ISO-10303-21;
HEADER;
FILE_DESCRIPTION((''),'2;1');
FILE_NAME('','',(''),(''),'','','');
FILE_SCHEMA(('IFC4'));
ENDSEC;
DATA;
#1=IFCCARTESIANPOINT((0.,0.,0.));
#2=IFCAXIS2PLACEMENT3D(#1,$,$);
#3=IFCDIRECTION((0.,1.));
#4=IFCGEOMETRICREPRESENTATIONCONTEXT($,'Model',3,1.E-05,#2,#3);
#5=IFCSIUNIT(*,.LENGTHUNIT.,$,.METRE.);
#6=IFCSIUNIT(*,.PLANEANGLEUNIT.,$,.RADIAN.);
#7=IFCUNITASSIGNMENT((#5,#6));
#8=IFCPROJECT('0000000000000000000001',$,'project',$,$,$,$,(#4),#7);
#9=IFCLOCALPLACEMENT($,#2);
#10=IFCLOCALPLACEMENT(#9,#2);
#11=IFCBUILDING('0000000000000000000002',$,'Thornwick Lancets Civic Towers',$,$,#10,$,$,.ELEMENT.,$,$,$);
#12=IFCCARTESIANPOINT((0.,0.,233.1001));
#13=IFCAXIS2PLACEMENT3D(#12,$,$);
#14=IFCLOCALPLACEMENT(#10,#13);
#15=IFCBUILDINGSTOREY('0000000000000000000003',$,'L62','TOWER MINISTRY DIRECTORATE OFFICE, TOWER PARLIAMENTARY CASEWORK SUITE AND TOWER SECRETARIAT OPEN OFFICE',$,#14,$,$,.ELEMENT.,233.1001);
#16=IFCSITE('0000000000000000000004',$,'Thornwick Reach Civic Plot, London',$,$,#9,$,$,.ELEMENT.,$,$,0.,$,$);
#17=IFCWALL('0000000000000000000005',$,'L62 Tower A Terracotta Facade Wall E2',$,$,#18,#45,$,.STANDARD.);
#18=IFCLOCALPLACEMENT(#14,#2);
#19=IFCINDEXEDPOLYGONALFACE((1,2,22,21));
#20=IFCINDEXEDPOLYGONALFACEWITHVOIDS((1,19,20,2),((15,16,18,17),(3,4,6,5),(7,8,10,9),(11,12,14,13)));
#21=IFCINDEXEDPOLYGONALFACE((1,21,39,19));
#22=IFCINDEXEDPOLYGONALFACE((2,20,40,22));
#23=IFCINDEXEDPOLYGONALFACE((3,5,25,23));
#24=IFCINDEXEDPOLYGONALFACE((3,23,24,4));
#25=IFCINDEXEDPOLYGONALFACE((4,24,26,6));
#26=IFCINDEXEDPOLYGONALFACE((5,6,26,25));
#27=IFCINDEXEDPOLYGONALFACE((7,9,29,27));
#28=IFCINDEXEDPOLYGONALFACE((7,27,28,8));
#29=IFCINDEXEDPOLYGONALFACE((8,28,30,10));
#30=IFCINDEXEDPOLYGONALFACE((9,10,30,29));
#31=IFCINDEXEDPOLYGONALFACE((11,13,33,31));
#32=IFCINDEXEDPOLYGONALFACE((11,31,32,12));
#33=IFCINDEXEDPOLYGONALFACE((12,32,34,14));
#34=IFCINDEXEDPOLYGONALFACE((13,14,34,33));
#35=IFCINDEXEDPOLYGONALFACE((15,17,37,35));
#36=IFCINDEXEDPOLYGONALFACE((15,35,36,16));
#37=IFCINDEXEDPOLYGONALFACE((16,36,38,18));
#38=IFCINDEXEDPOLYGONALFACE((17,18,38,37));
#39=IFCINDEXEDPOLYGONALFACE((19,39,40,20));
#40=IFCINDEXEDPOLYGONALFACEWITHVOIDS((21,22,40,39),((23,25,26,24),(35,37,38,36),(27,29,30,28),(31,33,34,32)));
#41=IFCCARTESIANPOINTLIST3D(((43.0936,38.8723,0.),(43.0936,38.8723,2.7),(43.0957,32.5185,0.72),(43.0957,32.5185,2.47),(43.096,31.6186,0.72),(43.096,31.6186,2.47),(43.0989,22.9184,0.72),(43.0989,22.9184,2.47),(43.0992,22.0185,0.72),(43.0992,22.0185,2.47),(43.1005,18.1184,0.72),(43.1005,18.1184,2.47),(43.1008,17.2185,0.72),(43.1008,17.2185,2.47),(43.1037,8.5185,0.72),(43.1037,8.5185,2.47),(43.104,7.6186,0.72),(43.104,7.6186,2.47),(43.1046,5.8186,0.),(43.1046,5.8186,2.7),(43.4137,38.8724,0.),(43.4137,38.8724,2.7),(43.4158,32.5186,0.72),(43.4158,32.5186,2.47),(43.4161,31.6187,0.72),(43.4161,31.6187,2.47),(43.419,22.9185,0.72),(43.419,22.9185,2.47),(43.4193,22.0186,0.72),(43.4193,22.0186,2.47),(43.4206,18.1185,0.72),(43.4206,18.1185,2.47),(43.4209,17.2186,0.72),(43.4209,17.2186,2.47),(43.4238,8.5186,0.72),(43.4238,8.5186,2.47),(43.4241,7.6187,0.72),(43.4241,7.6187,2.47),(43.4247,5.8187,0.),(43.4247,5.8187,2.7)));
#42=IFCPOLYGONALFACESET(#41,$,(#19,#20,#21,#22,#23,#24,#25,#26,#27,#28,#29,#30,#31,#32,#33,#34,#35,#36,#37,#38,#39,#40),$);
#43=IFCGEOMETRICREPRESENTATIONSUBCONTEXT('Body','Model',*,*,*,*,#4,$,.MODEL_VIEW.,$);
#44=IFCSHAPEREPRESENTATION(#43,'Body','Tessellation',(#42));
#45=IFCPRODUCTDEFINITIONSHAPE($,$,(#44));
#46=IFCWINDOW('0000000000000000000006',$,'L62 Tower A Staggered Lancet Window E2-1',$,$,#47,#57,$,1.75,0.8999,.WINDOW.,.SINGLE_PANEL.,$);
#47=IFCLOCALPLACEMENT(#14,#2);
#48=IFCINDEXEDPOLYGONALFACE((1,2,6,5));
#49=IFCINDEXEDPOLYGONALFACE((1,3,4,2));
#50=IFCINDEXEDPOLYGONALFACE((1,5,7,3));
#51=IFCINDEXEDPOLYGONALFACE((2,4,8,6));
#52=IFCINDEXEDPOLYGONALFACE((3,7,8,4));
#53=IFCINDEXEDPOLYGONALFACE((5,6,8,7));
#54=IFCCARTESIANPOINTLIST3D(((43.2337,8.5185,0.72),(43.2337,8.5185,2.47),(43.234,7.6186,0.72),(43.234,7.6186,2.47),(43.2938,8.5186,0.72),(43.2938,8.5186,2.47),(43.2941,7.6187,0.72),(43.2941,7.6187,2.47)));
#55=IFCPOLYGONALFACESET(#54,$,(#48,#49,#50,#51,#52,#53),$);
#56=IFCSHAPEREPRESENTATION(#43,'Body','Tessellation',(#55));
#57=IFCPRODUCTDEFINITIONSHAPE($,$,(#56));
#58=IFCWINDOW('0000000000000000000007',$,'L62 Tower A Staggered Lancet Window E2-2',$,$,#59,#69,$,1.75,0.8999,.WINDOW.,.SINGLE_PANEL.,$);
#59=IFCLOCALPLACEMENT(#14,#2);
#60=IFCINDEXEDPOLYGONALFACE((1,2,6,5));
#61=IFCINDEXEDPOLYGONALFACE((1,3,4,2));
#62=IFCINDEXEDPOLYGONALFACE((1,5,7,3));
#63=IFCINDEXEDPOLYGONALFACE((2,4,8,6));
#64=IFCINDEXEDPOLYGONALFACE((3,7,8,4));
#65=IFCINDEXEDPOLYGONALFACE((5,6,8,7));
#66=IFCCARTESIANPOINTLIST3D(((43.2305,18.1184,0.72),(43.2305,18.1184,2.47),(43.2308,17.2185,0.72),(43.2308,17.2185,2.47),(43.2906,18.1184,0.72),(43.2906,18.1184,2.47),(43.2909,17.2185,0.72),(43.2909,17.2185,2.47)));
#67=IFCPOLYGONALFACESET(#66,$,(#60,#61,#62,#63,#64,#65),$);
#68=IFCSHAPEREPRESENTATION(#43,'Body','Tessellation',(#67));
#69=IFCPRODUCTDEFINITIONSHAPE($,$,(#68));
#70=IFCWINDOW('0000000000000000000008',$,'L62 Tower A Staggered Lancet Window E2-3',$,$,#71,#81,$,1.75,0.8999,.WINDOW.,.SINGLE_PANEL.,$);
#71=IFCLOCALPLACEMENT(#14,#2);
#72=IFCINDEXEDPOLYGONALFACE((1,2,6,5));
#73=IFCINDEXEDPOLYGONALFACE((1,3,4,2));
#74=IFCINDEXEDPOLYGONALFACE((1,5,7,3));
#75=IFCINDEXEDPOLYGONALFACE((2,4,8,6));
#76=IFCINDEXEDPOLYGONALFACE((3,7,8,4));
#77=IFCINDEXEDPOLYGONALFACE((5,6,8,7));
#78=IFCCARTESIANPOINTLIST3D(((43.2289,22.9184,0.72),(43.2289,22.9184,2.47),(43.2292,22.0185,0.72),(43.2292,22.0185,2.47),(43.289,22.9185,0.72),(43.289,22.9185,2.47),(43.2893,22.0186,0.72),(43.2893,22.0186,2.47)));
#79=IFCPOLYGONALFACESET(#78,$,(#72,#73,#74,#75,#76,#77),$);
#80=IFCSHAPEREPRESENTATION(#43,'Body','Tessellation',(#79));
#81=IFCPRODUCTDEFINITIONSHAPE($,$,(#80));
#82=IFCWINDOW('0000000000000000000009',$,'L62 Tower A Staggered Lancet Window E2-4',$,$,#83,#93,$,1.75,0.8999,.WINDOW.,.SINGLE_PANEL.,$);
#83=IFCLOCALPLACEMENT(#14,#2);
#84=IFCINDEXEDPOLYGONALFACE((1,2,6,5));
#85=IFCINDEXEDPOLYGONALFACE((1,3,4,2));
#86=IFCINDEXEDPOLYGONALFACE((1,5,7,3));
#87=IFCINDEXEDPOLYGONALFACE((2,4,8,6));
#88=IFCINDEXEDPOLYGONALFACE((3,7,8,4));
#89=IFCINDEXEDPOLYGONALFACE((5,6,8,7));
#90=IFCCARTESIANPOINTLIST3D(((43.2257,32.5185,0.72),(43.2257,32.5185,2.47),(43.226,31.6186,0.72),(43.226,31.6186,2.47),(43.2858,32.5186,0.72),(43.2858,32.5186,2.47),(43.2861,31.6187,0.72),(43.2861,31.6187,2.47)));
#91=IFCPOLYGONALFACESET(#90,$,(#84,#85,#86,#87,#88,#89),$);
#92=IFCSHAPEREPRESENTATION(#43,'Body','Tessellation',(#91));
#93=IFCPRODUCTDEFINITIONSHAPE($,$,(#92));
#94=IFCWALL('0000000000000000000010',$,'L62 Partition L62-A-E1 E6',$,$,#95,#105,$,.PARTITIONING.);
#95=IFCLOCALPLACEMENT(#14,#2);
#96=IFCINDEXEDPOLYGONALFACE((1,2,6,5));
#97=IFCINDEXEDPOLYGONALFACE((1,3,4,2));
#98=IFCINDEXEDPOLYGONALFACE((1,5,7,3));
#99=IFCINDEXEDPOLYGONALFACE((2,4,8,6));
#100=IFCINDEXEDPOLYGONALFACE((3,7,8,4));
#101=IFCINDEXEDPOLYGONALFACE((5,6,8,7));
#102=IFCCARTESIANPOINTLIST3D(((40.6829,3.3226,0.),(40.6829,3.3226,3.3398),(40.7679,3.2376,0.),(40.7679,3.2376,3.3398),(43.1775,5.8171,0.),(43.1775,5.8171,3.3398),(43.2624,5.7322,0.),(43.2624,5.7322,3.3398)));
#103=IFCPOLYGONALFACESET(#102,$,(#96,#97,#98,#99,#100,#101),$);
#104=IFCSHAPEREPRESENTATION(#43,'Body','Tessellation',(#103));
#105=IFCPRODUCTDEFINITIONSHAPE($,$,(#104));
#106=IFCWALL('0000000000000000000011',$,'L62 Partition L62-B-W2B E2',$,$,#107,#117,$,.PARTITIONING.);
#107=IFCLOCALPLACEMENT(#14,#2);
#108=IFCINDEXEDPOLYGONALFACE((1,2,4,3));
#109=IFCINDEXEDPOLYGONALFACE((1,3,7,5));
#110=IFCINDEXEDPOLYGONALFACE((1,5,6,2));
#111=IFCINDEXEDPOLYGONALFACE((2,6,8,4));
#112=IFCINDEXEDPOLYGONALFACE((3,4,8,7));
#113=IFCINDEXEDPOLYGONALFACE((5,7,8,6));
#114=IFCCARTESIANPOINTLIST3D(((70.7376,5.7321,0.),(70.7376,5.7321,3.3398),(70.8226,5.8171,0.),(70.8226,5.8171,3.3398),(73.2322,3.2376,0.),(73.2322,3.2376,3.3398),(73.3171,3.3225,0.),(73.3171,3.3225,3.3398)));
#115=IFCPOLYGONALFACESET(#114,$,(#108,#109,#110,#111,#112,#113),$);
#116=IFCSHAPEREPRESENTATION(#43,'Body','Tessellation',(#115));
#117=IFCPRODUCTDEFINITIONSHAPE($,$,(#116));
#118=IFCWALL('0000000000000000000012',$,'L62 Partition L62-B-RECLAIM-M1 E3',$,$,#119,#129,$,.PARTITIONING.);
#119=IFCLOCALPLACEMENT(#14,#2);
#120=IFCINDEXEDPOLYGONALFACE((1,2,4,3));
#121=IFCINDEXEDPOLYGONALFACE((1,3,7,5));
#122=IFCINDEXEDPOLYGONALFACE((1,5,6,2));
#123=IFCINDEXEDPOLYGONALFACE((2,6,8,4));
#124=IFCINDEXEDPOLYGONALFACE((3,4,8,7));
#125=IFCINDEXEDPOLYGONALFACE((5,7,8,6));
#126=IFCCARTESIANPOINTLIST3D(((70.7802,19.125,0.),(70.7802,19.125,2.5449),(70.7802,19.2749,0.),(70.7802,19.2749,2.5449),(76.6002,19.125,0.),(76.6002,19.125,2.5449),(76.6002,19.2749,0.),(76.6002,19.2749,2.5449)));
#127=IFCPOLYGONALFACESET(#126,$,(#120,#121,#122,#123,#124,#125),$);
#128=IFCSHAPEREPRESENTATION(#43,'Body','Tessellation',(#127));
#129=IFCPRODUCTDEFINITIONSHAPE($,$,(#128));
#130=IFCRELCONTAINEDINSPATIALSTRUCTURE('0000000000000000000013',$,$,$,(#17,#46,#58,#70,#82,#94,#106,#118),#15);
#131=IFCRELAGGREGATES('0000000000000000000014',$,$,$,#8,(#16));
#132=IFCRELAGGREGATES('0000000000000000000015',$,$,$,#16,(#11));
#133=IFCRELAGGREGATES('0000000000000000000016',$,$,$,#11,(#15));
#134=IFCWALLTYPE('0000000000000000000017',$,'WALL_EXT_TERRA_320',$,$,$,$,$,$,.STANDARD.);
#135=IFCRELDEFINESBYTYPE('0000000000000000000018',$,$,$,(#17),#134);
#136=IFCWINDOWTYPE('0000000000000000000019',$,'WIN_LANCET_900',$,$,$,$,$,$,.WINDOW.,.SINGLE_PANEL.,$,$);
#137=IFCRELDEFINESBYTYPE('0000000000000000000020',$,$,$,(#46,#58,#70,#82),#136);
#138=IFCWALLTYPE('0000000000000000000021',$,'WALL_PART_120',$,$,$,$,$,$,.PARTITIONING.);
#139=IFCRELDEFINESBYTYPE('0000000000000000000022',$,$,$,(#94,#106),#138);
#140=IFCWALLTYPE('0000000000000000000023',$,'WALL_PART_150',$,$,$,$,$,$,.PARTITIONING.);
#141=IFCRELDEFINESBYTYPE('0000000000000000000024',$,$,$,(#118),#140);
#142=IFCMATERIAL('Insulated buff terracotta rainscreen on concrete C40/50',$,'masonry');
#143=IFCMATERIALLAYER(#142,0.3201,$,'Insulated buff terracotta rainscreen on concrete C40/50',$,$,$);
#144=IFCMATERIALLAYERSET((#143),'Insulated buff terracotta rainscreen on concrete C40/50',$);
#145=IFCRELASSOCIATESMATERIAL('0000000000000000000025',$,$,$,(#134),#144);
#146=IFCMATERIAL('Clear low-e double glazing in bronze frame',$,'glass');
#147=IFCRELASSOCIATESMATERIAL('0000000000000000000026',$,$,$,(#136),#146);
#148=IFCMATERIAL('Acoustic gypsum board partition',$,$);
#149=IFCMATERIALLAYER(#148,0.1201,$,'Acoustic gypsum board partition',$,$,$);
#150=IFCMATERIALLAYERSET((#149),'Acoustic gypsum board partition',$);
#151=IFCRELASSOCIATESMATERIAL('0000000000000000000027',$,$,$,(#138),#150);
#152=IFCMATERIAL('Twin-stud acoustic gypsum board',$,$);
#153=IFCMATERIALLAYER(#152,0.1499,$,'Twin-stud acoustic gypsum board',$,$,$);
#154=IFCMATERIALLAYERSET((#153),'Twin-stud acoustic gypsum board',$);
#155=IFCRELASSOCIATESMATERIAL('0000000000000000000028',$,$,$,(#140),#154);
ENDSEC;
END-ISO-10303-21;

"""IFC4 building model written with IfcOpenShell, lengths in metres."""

from ifc_helpers import new_model, si_unit, direction, frame, frame_2d, origin, place, context, subcontext, project, spatial, rectangle, extrude, material, layer, layer_set, type_object, element, fill, save


model = new_model("IFC4")

# Units and contexts
model_context = context("Model", 3, precision=1e-05, world=origin(), true_north=direction((0.0, 1.0)))
body_context = subcontext(model_context, "Body", "Model", "MODEL_VIEW")
ifc_project = project(units=[si_unit("LENGTHUNIT", "METRE"), si_unit("PLANEANGLEUNIT", "RADIAN")], contexts=[model_context])

# Site, building, storey
site_placement = place(None, origin())
site = spatial("IfcSite", under=ifc_project, at=site_placement, Name="Thornwick Reach Civic Plot, London", CompositionType="ELEMENT", RefElevation=0.0)
building_placement = place(site_placement, origin())
building = spatial("IfcBuilding", under=site, at=building_placement, Name="Thornwick Lancets Civic Towers", CompositionType="ELEMENT")
storey_placement = place(building_placement, frame((0.0, 0.0, 233.1001)))
storey = spatial("IfcBuildingStorey", under=building, at=storey_placement, Name="L62", Description="TOWER MINISTRY DIRECTORATE OFFICE, TOWER PARLIAMENTARY CASEWORK SUITE AND TOWER SECRETARIAT OPEN OFFICE", CompositionType="ELEMENT", Elevation=233.1001)

# Wall, openings, windows
ifc_material_1 = material(Name="Insulated buff terracotta rainscreen on concrete C40/50", Category="masonry")
ifc_layer_1 = layer(ifc_material_1, 0.3201, Name="Insulated buff terracotta rainscreen on concrete C40/50")
ifc_layer_set_1 = layer_set([ifc_layer_1], Name="Insulated buff terracotta rainscreen on concrete C40/50")
wall_type_1 = type_object("IfcWallType", Name="WALL_EXT_TERRA_320", PredefinedType="STANDARD", material=ifc_layer_set_1)
wall_1_placement = place(storey_placement, frame((43.2646, 5.8186, 0.0), z_axis=(0.0, 0.0, 1.0), x_axis=(-0.000332, 1.0, 0.0)))
wall_1 = element("IfcWall", 1, at=wall_1_placement, inside=storey, type_object=wall_type_1, Name="L62 Tower A Terracotta Facade Wall E2", PredefinedType="STANDARD", context=body_context, shape_type="SweptSolid", body=[
    extrude(rectangle(XDim=33.0537, YDim=0.3201, at=frame_2d((16.5269, 0.0))), origin(), (0.0, 0.0, 1.0), 2.7),
])
opening_1_placement = place(wall_1_placement, frame((1.8, 0.0, 0.72)))
opening_1 = element("IfcOpeningElement", 2, at=opening_1_placement, cuts=wall_1, PredefinedType="OPENING", context=body_context, shape_type="SweptSolid", body=[
    extrude(rectangle(XDim=0.8999, YDim=1.75, at=frame_2d((0.45, 0.875))), frame((0.0, 0.1699, 0.0), z_axis=(0.0, -1.0, 0.0), x_axis=(1.0, 0.0, 0.0)), (0.0, 0.0, 1.0), 0.3401),
])
opening_2_placement = place(wall_1_placement, frame((11.3999, 0.0, 0.72)))
opening_2 = element("IfcOpeningElement", 3, at=opening_2_placement, cuts=wall_1, PredefinedType="OPENING", context=body_context, shape_type="SweptSolid", body=[
    extrude(rectangle(XDim=0.8999, YDim=1.75, at=frame_2d((0.45, 0.875))), frame((0.0, 0.1699, 0.0), z_axis=(0.0, -1.0, 0.0), x_axis=(1.0, 0.0, 0.0)), (0.0, 0.0, 1.0), 0.3401),
])
opening_3_placement = place(wall_1_placement, frame((16.2, 0.0, 0.72)))
opening_3 = element("IfcOpeningElement", 4, at=opening_3_placement, cuts=wall_1, PredefinedType="OPENING", context=body_context, shape_type="SweptSolid", body=[
    extrude(rectangle(XDim=0.8999, YDim=1.75, at=frame_2d((0.45, 0.875))), frame((0.0, 0.1699, 0.0), z_axis=(0.0, -1.0, 0.0), x_axis=(1.0, 0.0, 0.0)), (0.0, 0.0, 1.0), 0.3401),
])
opening_4_placement = place(wall_1_placement, frame((25.8, 0.0, 0.72)))
opening_4 = element("IfcOpeningElement", 5, at=opening_4_placement, cuts=wall_1, PredefinedType="OPENING", context=body_context, shape_type="SweptSolid", body=[
    extrude(rectangle(XDim=0.8999, YDim=1.75, at=frame_2d((0.45, 0.875))), frame((0.0, 0.1699, 0.0), z_axis=(0.0, -1.0, 0.0), x_axis=(1.0, 0.0, 0.0)), (0.0, 0.0, 1.0), 0.3401),
])
ifc_material_2 = material(Name="Clear low-e double glazing in bronze frame", Category="glass")
window_type = type_object("IfcWindowType", Name="WIN_LANCET_900", PartitioningType="SINGLE_PANEL", PredefinedType="WINDOW", material=ifc_material_2)
window_1_placement = place(opening_1_placement, origin())
window_1 = element("IfcWindow", 6, at=window_1_placement, inside=storey, type_object=window_type, Name="L62 Tower A Staggered Lancet Window E2-1", OverallHeight=1.75, OverallWidth=0.8999, PartitioningType="SINGLE_PANEL", PredefinedType="WINDOW", context=body_context, shape_type="SweptSolid", body=[
    extrude(rectangle(XDim=0.8999, YDim=1.75, at=frame_2d((0.45, 0.875))), frame((0.0, 0.03, 0.0), z_axis=(0.0, -1.0, 0.0), x_axis=(1.0, 0.0, 0.0)), (0.0, 0.0, 1.0), 0.0601),
])
fill(opening_1, window_1)
window_2_placement = place(opening_2_placement, origin())
window_2 = element("IfcWindow", 7, at=window_2_placement, inside=storey, type_object=window_type, Name="L62 Tower A Staggered Lancet Window E2-2", OverallHeight=1.75, OverallWidth=0.8999, PartitioningType="SINGLE_PANEL", PredefinedType="WINDOW", context=body_context, shape_type="SweptSolid", body=[
    extrude(rectangle(XDim=0.8999, YDim=1.75, at=frame_2d((0.45, 0.875))), frame((0.0, 0.03, 0.0), z_axis=(0.0, -1.0, 0.0), x_axis=(1.0, 0.0, 0.0)), (0.0, 0.0, 1.0), 0.0601),
])
fill(opening_2, window_2)
window_3_placement = place(opening_3_placement, origin())
window_3 = element("IfcWindow", 8, at=window_3_placement, inside=storey, type_object=window_type, Name="L62 Tower A Staggered Lancet Window E2-3", OverallHeight=1.75, OverallWidth=0.8999, PartitioningType="SINGLE_PANEL", PredefinedType="WINDOW", context=body_context, shape_type="SweptSolid", body=[
    extrude(rectangle(XDim=0.8999, YDim=1.75, at=frame_2d((0.45, 0.875))), frame((0.0, 0.03, 0.0), z_axis=(0.0, -1.0, 0.0), x_axis=(1.0, 0.0, 0.0)), (0.0, 0.0, 1.0), 0.0601),
])
fill(opening_3, window_3)
window_4_placement = place(opening_4_placement, origin())
window_4 = element("IfcWindow", 9, at=window_4_placement, inside=storey, type_object=window_type, Name="L62 Tower A Staggered Lancet Window E2-4", OverallHeight=1.75, OverallWidth=0.8999, PartitioningType="SINGLE_PANEL", PredefinedType="WINDOW", context=body_context, shape_type="SweptSolid", body=[
    extrude(rectangle(XDim=0.8999, YDim=1.75, at=frame_2d((0.45, 0.875))), frame((0.0, 0.03, 0.0), z_axis=(0.0, -1.0, 0.0), x_axis=(1.0, 0.0, 0.0)), (0.0, 0.0, 1.0), 0.0601),
])
fill(opening_4, window_4)

# Walls
ifc_material_3 = material(Name="Acoustic gypsum board partition")
ifc_layer_2 = layer(ifc_material_3, 0.1201, Name="Acoustic gypsum board partition")
ifc_layer_set_2 = layer_set([ifc_layer_2], Name="Acoustic gypsum board partition")
wall_type_2 = type_object("IfcWallType", Name="WALL_PART_120", PredefinedType="PARTITIONING", material=ifc_layer_set_2)
for number, where, z_axis, x_axis, name in (
    (10, (43.22, 5.7747, 0.0), (0.0, 0.0, 1.0), (-0.707107, -0.707107, 0.0), "L62 Partition L62-A-E1 E6"),
    (11, (73.2747, 3.28, 0.0), (0.0, 0.0, 1.0), (-0.707107, 0.707107, 0.0), "L62 Partition L62-B-W2B E2"),
):
    element("IfcWall", number, at=place(storey_placement, frame(where, z_axis=z_axis, x_axis=x_axis)), inside=storey, type_object=wall_type_2, Name=name, PredefinedType="PARTITIONING", context=body_context, shape_type="SweptSolid", body=[
        extrude(rectangle(XDim=3.5278, YDim=0.1201, at=frame_2d((1.7639, 0.0))), origin(), (0.0, 0.0, 1.0), 3.3398),
    ])
ifc_material_4 = material(Name="Twin-stud acoustic gypsum board")
ifc_layer_3 = layer(ifc_material_4, 0.1499, Name="Twin-stud acoustic gypsum board")
ifc_layer_set_3 = layer_set([ifc_layer_3], Name="Twin-stud acoustic gypsum board")
wall_type_3 = type_object("IfcWallType", Name="WALL_PART_150", PredefinedType="PARTITIONING", material=ifc_layer_set_3)
wall_2_placement = place(storey_placement, frame((70.78, 19.2, 0.0), z_axis=(0.0, 0.0, 1.0), x_axis=(1.0, 0.0, 0.0)))
element("IfcWall", 12, at=wall_2_placement, inside=storey, type_object=wall_type_3, Name="L62 Partition L62-B-RECLAIM-M1 E3", PredefinedType="PARTITIONING", context=body_context, shape_type="SweptSolid", body=[
    extrude(rectangle(XDim=5.8201, YDim=0.1499, at=frame_2d((2.9102, 0.0))), origin(), (0.0, 0.0, 1.0), 2.5449),
])

save(model, "model.ifc")
